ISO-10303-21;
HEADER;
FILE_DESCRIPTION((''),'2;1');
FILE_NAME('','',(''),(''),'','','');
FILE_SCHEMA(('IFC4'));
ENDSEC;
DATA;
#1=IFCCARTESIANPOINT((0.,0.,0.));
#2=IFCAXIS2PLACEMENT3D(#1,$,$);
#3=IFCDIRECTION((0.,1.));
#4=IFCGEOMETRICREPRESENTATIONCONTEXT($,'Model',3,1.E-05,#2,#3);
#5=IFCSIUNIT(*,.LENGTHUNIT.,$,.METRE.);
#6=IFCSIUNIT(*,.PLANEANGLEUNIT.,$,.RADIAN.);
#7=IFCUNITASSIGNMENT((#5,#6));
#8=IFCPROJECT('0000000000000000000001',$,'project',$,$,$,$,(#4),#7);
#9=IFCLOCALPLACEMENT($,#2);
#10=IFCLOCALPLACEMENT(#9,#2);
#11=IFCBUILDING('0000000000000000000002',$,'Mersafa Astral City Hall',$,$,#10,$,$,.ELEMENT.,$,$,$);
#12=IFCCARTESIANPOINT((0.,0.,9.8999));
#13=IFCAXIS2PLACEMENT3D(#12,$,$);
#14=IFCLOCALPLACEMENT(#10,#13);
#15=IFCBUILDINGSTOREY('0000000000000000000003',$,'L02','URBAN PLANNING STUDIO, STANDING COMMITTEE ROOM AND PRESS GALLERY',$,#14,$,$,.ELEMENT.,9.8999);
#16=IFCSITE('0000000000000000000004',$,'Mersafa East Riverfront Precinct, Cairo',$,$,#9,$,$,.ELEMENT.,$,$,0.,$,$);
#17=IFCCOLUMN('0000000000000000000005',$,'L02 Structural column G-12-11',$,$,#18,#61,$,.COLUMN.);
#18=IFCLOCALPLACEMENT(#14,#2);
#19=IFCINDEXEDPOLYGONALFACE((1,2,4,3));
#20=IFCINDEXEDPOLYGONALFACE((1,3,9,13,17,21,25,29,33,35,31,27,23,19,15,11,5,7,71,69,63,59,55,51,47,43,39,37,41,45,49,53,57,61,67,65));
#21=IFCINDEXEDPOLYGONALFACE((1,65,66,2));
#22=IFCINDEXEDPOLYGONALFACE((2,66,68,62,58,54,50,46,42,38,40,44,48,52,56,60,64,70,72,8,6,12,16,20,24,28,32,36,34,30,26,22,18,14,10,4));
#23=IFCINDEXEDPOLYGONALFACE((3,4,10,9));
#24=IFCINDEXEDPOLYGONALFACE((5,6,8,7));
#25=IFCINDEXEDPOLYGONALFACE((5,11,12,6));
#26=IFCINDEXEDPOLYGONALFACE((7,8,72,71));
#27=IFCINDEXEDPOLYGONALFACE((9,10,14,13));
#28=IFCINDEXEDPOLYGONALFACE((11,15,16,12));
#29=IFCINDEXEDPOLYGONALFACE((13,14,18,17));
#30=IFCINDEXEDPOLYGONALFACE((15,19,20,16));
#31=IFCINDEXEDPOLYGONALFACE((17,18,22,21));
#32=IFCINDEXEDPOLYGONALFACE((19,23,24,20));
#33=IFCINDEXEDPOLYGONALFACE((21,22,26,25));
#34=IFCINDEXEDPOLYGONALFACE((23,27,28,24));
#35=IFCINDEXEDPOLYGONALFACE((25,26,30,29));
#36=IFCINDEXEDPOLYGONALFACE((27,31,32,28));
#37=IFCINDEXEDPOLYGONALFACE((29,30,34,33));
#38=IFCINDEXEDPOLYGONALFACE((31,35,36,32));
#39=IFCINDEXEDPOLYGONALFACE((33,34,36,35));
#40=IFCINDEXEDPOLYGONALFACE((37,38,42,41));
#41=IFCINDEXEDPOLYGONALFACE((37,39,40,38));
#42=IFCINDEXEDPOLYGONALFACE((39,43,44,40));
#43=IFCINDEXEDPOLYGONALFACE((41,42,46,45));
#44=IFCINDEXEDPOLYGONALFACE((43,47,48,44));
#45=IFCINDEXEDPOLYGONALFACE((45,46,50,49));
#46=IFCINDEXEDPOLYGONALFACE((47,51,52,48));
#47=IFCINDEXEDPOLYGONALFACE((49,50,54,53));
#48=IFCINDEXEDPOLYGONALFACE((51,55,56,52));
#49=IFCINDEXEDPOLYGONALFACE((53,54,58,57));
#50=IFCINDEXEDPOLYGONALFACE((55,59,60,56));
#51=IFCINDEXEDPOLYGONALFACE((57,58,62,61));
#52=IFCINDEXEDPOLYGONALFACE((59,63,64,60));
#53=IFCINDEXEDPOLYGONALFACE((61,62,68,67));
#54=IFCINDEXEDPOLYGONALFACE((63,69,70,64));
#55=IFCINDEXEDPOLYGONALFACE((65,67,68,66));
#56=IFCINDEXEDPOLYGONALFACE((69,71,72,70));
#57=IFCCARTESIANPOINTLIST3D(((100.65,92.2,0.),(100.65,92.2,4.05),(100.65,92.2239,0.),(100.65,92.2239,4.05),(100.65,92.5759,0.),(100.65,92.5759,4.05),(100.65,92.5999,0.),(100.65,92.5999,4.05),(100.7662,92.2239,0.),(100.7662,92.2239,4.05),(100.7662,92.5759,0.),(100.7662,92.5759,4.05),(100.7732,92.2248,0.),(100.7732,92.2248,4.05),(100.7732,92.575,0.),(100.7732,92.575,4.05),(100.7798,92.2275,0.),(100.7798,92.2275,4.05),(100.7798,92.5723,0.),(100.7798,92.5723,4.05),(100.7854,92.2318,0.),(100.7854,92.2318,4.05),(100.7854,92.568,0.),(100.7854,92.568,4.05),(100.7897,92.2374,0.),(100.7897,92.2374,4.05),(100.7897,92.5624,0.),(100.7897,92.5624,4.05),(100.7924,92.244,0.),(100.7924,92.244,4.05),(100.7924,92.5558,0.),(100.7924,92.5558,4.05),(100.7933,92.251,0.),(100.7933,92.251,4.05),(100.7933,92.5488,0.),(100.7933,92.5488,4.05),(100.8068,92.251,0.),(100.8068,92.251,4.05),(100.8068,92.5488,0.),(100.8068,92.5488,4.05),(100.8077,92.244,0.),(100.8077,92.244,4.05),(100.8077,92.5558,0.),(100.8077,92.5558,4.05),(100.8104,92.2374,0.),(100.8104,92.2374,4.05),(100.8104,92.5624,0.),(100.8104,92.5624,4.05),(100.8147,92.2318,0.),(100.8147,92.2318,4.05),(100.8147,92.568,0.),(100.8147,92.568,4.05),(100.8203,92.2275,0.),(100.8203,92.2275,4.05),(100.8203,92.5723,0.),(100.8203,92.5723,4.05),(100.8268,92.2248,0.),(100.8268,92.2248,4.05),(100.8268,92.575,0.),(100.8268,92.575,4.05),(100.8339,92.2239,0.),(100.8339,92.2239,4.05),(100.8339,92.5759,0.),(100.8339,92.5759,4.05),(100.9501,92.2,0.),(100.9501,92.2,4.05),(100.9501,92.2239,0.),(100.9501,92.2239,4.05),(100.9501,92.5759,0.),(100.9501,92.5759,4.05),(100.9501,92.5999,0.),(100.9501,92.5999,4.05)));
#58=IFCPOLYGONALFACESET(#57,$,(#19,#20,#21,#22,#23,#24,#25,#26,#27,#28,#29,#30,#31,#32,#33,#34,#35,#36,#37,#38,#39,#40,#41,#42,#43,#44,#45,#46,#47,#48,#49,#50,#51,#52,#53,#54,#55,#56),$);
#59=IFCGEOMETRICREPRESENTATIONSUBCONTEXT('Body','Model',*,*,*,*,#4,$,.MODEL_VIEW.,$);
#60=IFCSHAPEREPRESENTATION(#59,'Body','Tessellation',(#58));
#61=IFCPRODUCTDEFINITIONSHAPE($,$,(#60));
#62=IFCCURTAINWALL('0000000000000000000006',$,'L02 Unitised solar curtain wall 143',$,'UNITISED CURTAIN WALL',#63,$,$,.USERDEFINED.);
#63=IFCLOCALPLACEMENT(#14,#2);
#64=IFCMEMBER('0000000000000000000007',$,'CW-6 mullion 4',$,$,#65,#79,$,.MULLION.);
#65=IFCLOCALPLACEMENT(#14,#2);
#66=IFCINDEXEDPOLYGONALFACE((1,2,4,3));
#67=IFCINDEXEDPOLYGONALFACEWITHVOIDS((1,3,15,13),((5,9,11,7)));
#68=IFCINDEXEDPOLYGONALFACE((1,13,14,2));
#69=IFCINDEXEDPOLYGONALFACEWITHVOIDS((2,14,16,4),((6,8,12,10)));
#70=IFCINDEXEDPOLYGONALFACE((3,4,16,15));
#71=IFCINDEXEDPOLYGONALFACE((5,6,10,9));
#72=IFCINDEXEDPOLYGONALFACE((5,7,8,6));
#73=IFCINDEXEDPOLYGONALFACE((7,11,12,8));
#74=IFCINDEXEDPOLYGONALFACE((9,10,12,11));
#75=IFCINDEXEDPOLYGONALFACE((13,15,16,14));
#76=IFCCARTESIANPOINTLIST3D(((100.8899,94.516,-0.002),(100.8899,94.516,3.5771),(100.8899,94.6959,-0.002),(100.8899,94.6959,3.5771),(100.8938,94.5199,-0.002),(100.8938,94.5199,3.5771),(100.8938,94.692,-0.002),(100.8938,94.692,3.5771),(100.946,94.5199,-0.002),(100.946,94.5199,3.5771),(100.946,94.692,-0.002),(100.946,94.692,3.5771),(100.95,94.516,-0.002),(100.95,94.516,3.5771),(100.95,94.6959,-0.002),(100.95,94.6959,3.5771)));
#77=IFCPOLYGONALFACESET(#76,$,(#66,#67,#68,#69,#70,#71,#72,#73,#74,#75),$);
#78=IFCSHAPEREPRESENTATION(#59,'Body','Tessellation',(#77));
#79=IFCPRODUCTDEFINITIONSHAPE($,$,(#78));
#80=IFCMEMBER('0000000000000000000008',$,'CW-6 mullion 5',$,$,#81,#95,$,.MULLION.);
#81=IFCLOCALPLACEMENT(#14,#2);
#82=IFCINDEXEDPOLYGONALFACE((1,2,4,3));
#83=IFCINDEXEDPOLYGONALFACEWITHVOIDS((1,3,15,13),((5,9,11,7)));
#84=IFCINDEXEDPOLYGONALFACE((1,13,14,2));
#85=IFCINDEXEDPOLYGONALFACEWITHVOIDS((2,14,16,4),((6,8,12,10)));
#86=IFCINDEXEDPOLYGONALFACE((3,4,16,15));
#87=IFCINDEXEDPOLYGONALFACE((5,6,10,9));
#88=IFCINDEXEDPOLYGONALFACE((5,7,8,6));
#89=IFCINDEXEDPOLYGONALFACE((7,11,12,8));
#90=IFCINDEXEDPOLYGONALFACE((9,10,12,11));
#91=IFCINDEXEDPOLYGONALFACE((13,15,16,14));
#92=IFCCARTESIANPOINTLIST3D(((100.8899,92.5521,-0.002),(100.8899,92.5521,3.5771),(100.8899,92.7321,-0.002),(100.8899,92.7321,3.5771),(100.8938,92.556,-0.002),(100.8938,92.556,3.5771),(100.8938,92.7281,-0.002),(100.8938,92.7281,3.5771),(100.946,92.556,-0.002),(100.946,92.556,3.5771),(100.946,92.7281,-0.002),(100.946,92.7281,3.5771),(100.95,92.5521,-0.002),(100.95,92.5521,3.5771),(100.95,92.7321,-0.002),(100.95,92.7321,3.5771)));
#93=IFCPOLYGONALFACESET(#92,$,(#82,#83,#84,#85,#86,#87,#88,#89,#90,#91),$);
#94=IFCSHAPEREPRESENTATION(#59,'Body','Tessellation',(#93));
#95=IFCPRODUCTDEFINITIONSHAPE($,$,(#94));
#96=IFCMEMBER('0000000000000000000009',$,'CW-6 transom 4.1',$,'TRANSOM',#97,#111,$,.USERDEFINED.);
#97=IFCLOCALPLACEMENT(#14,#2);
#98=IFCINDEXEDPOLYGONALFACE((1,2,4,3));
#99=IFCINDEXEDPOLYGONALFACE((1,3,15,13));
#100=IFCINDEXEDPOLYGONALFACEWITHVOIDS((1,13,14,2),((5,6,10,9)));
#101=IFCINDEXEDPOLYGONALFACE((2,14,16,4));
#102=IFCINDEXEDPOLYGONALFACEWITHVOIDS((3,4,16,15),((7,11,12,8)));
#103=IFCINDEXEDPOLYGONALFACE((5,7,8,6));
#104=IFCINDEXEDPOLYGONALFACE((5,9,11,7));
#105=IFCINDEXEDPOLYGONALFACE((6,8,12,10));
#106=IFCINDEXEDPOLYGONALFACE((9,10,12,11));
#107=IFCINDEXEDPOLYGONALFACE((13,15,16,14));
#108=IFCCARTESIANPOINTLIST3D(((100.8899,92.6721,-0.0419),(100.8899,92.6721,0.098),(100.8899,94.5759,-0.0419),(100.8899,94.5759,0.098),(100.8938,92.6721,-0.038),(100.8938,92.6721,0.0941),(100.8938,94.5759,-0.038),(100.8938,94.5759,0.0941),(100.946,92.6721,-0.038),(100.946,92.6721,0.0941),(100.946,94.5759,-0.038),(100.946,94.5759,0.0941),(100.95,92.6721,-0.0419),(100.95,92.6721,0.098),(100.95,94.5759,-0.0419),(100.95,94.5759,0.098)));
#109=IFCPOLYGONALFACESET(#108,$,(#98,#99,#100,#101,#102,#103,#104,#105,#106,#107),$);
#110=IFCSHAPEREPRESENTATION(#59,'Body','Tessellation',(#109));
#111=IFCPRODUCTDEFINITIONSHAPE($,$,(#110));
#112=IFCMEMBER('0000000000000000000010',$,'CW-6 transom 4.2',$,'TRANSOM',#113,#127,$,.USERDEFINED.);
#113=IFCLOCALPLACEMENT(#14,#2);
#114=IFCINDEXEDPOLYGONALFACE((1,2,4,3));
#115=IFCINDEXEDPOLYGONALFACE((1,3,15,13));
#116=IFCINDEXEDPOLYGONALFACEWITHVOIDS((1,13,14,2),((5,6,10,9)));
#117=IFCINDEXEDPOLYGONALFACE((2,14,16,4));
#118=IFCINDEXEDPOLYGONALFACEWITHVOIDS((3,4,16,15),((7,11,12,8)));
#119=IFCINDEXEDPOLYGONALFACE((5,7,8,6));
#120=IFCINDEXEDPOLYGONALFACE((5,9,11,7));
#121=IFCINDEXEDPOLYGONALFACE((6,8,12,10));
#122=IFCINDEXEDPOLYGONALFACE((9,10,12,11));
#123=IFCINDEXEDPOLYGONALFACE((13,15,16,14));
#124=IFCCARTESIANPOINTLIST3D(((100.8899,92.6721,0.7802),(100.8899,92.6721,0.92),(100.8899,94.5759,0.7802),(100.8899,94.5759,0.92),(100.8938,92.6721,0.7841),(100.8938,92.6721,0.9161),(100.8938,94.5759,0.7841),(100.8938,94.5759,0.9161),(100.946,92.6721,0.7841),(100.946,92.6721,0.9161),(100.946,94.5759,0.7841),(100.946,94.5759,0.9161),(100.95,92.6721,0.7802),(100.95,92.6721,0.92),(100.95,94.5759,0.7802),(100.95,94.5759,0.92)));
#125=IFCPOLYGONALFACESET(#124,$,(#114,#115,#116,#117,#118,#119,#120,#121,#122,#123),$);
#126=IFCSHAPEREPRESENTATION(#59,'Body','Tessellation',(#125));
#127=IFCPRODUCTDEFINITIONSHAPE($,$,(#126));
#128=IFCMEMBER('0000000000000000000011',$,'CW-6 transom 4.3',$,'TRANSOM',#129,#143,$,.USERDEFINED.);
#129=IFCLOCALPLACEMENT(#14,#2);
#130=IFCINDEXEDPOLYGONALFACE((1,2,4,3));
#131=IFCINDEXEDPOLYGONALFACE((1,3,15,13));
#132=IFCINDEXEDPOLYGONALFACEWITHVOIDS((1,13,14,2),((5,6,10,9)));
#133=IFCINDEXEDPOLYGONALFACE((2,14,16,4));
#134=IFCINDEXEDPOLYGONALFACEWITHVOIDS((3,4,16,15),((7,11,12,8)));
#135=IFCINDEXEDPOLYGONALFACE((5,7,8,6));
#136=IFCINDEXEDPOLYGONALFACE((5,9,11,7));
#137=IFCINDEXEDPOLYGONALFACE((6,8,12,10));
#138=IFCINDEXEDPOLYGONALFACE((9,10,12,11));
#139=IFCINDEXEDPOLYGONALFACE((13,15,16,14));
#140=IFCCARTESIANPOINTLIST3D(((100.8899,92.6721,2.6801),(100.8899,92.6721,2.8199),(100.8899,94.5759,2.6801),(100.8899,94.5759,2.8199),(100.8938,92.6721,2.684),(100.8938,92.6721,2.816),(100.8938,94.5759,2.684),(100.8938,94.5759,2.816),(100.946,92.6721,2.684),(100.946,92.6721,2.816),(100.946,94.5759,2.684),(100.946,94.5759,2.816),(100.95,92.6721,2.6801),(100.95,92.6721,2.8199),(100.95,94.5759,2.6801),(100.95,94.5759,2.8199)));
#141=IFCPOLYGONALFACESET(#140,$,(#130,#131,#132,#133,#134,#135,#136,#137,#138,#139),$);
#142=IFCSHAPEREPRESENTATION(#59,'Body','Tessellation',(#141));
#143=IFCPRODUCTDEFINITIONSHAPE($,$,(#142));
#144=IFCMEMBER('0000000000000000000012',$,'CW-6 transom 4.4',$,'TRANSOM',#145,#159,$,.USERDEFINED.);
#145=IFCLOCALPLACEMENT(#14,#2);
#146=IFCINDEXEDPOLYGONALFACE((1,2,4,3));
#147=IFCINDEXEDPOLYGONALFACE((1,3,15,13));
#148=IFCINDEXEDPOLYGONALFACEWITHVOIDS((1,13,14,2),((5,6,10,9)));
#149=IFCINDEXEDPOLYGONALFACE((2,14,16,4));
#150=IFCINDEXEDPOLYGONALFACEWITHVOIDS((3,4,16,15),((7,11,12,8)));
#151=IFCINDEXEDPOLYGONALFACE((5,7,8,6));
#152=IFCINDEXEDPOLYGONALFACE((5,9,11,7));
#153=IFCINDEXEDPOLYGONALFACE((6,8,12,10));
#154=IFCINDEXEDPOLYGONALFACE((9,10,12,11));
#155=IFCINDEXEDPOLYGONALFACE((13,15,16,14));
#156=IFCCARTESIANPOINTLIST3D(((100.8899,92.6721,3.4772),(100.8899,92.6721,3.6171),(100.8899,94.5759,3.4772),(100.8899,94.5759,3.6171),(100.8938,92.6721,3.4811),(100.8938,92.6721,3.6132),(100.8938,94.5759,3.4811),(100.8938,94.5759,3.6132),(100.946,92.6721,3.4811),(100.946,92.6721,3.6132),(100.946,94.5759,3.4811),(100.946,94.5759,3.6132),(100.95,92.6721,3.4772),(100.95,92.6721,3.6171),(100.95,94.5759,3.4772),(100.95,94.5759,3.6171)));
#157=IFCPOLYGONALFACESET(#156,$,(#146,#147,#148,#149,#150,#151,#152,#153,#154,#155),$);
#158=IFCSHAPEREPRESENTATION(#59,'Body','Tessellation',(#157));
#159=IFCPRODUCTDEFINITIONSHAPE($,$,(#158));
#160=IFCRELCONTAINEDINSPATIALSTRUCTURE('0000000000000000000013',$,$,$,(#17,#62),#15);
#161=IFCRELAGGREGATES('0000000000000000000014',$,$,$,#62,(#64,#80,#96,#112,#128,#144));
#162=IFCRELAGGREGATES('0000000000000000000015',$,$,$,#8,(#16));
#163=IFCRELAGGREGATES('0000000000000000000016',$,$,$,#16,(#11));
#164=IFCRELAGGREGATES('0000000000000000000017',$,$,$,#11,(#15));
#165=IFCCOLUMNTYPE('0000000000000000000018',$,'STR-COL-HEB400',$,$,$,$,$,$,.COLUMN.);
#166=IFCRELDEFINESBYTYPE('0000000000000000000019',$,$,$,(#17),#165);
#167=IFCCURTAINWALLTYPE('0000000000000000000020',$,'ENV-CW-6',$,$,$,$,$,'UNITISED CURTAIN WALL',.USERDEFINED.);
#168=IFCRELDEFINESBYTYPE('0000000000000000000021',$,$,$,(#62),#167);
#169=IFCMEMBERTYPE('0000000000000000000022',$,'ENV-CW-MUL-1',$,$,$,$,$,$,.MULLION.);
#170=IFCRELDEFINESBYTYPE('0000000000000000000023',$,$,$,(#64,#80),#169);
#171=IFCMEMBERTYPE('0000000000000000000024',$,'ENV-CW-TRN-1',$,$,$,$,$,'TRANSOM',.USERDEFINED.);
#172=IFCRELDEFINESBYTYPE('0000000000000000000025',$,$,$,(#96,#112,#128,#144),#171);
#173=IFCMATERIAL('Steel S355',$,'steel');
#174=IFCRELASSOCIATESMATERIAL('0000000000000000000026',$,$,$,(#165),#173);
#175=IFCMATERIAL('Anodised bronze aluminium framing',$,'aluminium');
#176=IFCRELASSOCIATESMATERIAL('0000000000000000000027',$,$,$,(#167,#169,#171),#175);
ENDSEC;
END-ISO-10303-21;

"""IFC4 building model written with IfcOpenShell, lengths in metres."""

from ifc_helpers import new_model, si_unit, direction, frame, origin, origin_2d, place, context, subcontext, project, spatial, hollow_rectangle, i_section, extrude, material, material_profile, profile_set, type_object, element, aggregate, save


model = new_model("IFC4")

# Units and contexts
model_context = context("Model", 3, precision=1e-05, world=origin(), true_north=direction((0.0, 1.0)))
body_context = subcontext(model_context, "Body", "Model", "MODEL_VIEW")
ifc_project = project(units=[si_unit("LENGTHUNIT", "METRE"), si_unit("PLANEANGLEUNIT", "RADIAN")], contexts=[model_context])

# Site, building, storey
site_placement = place(None, origin())
site = spatial("IfcSite", under=ifc_project, at=site_placement, Name="Mersafa East Riverfront Precinct, Cairo", CompositionType="ELEMENT", RefElevation=0.0)
building_placement = place(site_placement, origin())
building = spatial("IfcBuilding", under=site, at=building_placement, Name="Mersafa Astral City Hall", CompositionType="ELEMENT")
storey_placement = place(building_placement, frame((0.0, 0.0, 9.8999)))
storey = spatial("IfcBuildingStorey", under=building, at=storey_placement, Name="L02", Description="URBAN PLANNING STUDIO, STANDING COMMITTEE ROOM AND PRESS GALLERY", CompositionType="ELEMENT", Elevation=9.8999)

# Column
ifc_material_1 = material(Name="Steel S355", Category="steel")
ifc_material_profile_1 = material_profile(ifc_material_1, i_section(OverallWidth=0.3, OverallDepth=0.3999, WebThickness=0.0134, FlangeThickness=0.0239, FilletRadius=0.0271, at=origin_2d()), Name="HEB 400")
ifc_profile_set_1 = profile_set([ifc_material_profile_1], Name="Steel S355")
column_type = type_object("IfcColumnType", Name="STR-COL-HEB400", PredefinedType="COLUMN", material=ifc_profile_set_1)
column_placement = place(storey_placement, frame((100.8, 92.3999, 0.0), z_axis=(0.0, 0.0, 1.0), x_axis=(1.0, 0.0, 0.0)))
element("IfcColumn", 1, at=column_placement, inside=storey, type_object=column_type, Name="L02 Structural column G-12-11", PredefinedType="COLUMN", context=body_context, shape_type="SweptSolid", body=[
    extrude(i_section(OverallWidth=0.3, OverallDepth=0.3999, WebThickness=0.0134, FlangeThickness=0.0239, FilletRadius=0.0271, at=origin_2d()), origin(), (0.0, 0.0, 1.0), 4.05),
])

# Curtain wall, members
ifc_material_2 = material(Name="Anodised bronze aluminium framing", Category="aluminium")
curtain_wall_type = type_object("IfcCurtainWallType", Name="ENV-CW-6", ElementType="UNITISED CURTAIN WALL", PredefinedType="USERDEFINED", material=ifc_material_2)
curtain_wall_placement = place(storey_placement, origin())
curtain_wall = element("IfcCurtainWall", 2, at=curtain_wall_placement, inside=storey, type_object=curtain_wall_type, Name="L02 Unitised solar curtain wall 143", ObjectType="UNITISED CURTAIN WALL", PredefinedType="USERDEFINED")
ifc_material_profile_2 = material_profile(ifc_material_2, hollow_rectangle(XDim=0.0601, YDim=0.1799, WallThickness=0.0039, at=origin_2d()), Name="RHS 60x180x4")
ifc_profile_set_2 = profile_set([ifc_material_profile_2], Name="Anodised bronze aluminium framing")
member_type_1 = type_object("IfcMemberType", Name="ENV-CW-MUL-1", PredefinedType="MULLION", material=ifc_profile_set_2)
member_1_placement = place(storey_placement, frame((100.9199, 94.606, -0.002), z_axis=(0.0, 0.0, 1.0), x_axis=(1.0, 0.0, 0.0)))
member_1 = element("IfcMember", 3, at=member_1_placement, type_object=member_type_1, Name="CW-6 mullion 4", PredefinedType="MULLION", context=body_context, shape_type="SweptSolid", body=[
    extrude(hollow_rectangle(XDim=0.0601, YDim=0.1799, WallThickness=0.0039, at=origin_2d()), origin(), (0.0, 0.0, 1.0), 3.5791),
])
member_2_placement = place(storey_placement, frame((100.9199, 92.6421, -0.002), z_axis=(0.0, 0.0, 1.0), x_axis=(1.0, 0.0, 0.0)))
member_2 = element("IfcMember", 4, at=member_2_placement, type_object=member_type_1, Name="CW-6 mullion 5", PredefinedType="MULLION", context=body_context, shape_type="SweptSolid", body=[
    extrude(hollow_rectangle(XDim=0.0601, YDim=0.1799, WallThickness=0.0039, at=origin_2d()), origin(), (0.0, 0.0, 1.0), 3.5791),
])
ifc_material_profile_3 = material_profile(ifc_material_2, hollow_rectangle(XDim=0.0601, YDim=0.1399, WallThickness=0.0039, at=origin_2d()), Name="RHS 60x140x4")
ifc_profile_set_3 = profile_set([ifc_material_profile_3], Name="Anodised bronze aluminium framing")
member_type_2 = type_object("IfcMemberType", Name="ENV-CW-TRN-1", ElementType="TRANSOM", PredefinedType="USERDEFINED", material=ifc_profile_set_3)
member_3_placement = place(storey_placement, frame((100.9199, 94.5759, 0.0281), z_axis=(0.0, -1.0, 0.0), x_axis=(1.0, 0.0, 0.0)))
member_3 = element("IfcMember", 5, at=member_3_placement, type_object=member_type_2, Name="CW-6 transom 4.1", ObjectType="TRANSOM", PredefinedType="USERDEFINED", context=body_context, shape_type="SweptSolid", body=[
    extrude(hollow_rectangle(XDim=0.0601, YDim=0.1399, WallThickness=0.0039, at=origin_2d()), origin(), (0.0, 0.0, 1.0), 1.9038),
])
member_4_placement = place(storey_placement, frame((100.9199, 94.5759, 0.8501), z_axis=(0.0, -1.0, 0.0), x_axis=(1.0, 0.0, 0.0)))
member_4 = element("IfcMember", 6, at=member_4_placement, type_object=member_type_2, Name="CW-6 transom 4.2", ObjectType="TRANSOM", PredefinedType="USERDEFINED", context=body_context, shape_type="SweptSolid", body=[
    extrude(hollow_rectangle(XDim=0.0601, YDim=0.1399, WallThickness=0.0039, at=origin_2d()), origin(), (0.0, 0.0, 1.0), 1.9038),
])
member_5_placement = place(storey_placement, frame((100.9199, 94.5759, 2.75), z_axis=(0.0, -1.0, 0.0), x_axis=(1.0, 0.0, 0.0)))
member_5 = element("IfcMember", 7, at=member_5_placement, type_object=member_type_2, Name="CW-6 transom 4.3", ObjectType="TRANSOM", PredefinedType="USERDEFINED", context=body_context, shape_type="SweptSolid", body=[
    extrude(hollow_rectangle(XDim=0.0601, YDim=0.1399, WallThickness=0.0039, at=origin_2d()), origin(), (0.0, 0.0, 1.0), 1.9038),
])
member_6_placement = place(storey_placement, frame((100.9199, 94.5759, 3.5471), z_axis=(0.0, -1.0, 0.0), x_axis=(1.0, 0.0, 0.0)))
member_6 = element("IfcMember", 8, at=member_6_placement, type_object=member_type_2, Name="CW-6 transom 4.4", ObjectType="TRANSOM", PredefinedType="USERDEFINED", context=body_context, shape_type="SweptSolid", body=[
    extrude(hollow_rectangle(XDim=0.0601, YDim=0.1399, WallThickness=0.0039, at=origin_2d()), origin(), (0.0, 0.0, 1.0), 1.9038),
])

aggregate(curtain_wall, [member_1, member_2, member_3, member_4, member_5, member_6])

save(model, "model.ifc")
